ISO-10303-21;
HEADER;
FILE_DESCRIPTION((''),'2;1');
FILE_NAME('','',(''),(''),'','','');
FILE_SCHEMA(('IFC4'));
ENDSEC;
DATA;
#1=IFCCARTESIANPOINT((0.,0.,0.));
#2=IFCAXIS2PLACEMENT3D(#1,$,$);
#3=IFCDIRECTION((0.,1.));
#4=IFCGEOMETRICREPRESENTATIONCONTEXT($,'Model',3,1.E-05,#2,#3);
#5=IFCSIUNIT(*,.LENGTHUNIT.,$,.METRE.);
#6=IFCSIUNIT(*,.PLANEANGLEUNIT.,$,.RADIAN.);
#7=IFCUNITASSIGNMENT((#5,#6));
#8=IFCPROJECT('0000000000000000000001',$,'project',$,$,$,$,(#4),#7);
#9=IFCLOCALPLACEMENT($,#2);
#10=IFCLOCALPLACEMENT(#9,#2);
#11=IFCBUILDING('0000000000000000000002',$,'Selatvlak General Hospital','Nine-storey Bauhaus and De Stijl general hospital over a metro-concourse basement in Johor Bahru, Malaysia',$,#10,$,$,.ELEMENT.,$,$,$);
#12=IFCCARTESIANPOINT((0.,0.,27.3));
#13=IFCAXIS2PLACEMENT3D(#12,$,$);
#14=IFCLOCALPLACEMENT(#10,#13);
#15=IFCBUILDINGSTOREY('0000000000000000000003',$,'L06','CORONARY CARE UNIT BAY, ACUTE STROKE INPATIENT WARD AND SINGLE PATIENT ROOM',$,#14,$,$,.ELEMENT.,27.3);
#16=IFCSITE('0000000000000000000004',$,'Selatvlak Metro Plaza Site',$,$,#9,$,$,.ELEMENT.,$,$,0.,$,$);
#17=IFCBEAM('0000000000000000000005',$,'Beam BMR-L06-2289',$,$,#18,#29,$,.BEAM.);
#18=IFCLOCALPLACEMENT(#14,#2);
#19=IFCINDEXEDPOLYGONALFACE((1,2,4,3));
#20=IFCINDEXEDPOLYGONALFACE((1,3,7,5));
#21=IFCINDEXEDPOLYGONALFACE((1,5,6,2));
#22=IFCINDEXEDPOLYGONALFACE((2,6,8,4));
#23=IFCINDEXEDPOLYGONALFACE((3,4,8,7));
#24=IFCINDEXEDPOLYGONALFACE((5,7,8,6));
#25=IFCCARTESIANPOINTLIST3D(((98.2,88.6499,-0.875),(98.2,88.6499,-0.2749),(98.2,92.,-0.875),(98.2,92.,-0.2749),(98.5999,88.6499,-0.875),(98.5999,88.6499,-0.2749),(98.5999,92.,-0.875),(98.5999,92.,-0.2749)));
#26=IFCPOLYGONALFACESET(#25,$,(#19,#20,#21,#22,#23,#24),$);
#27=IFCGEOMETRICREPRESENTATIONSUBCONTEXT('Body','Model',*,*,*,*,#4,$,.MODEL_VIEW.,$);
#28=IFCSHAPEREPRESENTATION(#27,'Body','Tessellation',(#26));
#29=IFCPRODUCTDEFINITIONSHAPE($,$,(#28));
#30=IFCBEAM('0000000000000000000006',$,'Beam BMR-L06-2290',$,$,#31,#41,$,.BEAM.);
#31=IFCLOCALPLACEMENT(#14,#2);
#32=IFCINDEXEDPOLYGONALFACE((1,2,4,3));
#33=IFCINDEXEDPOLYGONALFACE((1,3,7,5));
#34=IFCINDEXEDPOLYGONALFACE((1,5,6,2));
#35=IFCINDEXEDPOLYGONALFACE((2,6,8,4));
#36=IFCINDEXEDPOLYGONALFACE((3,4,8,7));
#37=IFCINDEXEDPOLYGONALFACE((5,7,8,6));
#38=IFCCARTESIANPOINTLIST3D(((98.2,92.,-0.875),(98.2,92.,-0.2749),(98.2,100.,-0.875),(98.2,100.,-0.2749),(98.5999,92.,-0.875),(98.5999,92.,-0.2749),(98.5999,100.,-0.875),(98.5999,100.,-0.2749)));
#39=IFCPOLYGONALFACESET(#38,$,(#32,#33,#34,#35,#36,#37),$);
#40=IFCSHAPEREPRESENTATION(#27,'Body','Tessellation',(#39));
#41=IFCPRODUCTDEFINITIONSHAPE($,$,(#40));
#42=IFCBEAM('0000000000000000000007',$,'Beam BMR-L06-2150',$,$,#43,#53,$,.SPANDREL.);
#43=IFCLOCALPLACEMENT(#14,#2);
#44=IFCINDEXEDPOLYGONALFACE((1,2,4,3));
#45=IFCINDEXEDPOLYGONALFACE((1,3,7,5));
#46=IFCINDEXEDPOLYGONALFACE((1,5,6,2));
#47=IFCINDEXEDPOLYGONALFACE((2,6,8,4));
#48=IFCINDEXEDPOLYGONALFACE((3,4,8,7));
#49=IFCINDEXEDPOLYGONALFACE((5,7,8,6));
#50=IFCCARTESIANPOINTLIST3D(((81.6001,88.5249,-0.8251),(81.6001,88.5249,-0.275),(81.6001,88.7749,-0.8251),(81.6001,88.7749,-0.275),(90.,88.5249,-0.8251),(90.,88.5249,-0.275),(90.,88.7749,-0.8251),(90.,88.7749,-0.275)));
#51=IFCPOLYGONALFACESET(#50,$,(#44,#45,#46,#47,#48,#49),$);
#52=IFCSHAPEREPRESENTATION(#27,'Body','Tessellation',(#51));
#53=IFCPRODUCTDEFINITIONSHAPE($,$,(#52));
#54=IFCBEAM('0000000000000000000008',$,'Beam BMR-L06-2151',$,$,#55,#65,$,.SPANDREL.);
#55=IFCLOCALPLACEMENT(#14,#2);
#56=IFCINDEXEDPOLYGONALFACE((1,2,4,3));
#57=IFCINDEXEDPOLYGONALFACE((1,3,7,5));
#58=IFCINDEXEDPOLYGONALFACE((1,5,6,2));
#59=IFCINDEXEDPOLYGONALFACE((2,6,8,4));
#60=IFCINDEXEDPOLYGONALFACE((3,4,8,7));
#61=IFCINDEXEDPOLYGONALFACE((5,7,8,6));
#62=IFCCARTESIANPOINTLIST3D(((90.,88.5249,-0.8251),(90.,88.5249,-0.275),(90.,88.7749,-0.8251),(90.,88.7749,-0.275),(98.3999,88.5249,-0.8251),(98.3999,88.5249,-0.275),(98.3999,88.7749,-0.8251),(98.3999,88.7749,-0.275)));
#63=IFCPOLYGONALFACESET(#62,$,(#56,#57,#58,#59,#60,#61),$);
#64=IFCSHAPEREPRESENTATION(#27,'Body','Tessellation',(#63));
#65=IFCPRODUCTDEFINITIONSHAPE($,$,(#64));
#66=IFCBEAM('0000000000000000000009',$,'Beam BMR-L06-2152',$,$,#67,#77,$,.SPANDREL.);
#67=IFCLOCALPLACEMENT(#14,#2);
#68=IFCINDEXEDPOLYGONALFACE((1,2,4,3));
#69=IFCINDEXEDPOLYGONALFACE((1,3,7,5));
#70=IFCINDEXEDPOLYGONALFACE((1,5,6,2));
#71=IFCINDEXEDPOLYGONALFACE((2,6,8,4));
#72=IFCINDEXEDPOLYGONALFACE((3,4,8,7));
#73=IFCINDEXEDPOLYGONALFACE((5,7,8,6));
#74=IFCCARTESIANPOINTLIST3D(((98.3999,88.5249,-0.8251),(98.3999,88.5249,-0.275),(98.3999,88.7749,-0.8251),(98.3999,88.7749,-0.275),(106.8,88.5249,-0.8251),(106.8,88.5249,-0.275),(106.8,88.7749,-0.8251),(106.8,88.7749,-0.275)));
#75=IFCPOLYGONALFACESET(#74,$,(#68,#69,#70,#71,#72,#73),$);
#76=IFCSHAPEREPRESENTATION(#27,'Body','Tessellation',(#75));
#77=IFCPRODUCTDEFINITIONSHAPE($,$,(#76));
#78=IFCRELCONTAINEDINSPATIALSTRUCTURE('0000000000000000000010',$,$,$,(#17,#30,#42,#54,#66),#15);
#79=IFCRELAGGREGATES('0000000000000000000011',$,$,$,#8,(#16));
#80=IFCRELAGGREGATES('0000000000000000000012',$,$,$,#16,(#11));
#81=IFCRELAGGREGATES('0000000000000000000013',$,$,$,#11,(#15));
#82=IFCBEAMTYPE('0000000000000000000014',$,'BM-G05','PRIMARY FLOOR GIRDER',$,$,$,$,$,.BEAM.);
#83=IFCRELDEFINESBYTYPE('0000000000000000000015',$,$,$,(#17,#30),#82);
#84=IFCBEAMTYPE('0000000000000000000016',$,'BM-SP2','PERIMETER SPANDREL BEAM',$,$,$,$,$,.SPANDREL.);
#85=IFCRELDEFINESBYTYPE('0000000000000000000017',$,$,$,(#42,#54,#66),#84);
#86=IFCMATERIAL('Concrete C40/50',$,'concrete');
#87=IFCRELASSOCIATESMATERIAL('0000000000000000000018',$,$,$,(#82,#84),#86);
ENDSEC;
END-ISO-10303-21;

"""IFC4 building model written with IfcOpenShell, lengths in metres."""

from ifc_helpers import new_model, si_unit, direction, frame, origin, origin_2d, place, context, subcontext, project, spatial, rectangle, extrude, material, material_profile, profile_set, type_object, element, save


model = new_model("IFC4")

# Units and contexts
model_context = context("Model", 3, precision=1e-05, world=origin(), true_north=direction((0.0, 1.0)))
body_context = subcontext(model_context, "Body", "Model", "MODEL_VIEW")
ifc_project = project(units=[si_unit("LENGTHUNIT", "METRE"), si_unit("PLANEANGLEUNIT", "RADIAN")], contexts=[model_context])

# Site, building, storey
site_placement = place(None, origin())
site = spatial("IfcSite", under=ifc_project, at=site_placement, Name="Selatvlak Metro Plaza Site", CompositionType="ELEMENT", RefElevation=0.0)
building_placement = place(site_placement, origin())
building = spatial("IfcBuilding", under=site, at=building_placement, Name="Selatvlak General Hospital", Description="Nine-storey Bauhaus and De Stijl general hospital over a metro-concourse basement in Johor Bahru, Malaysia", CompositionType="ELEMENT")
storey_placement = place(building_placement, frame((0.0, 0.0, 27.3)))
storey = spatial("IfcBuildingStorey", under=building, at=storey_placement, Name="L06", Description="CORONARY CARE UNIT BAY, ACUTE STROKE INPATIENT WARD AND SINGLE PATIENT ROOM", CompositionType="ELEMENT", Elevation=27.3)

# Shared definitions
ifc_material_1 = material(Name="Concrete C40/50", Category="concrete")

# Beams
ifc_material_profile_1 = material_profile(ifc_material_1, rectangle(XDim=0.3999, YDim=0.6001, at=origin_2d()), Name="RC-BM 400x600")
ifc_profile_set_1 = profile_set([ifc_material_profile_1], Name="Concrete C40/50")
beam_type_1 = type_object("IfcBeamType", Name="BM-G05", Description="PRIMARY FLOOR GIRDER", PredefinedType="BEAM", material=ifc_profile_set_1)
beam_1_placement = place(storey_placement, frame((98.3999, 88.6499, -0.575), z_axis=(0.0, 1.0, 0.0), x_axis=(-1.0, 0.0, 0.0)))
element("IfcBeam", 1, at=beam_1_placement, inside=storey, type_object=beam_type_1, Name="Beam BMR-L06-2289", PredefinedType="BEAM", context=body_context, shape_type="SweptSolid", body=[
    extrude(rectangle(XDim=0.3999, YDim=0.6001, at=origin_2d()), origin(), (0.0, 0.0, 1.0), 3.3501),
])
beam_2_placement = place(storey_placement, frame((98.3999, 92.0, -0.575), z_axis=(0.0, 1.0, 0.0), x_axis=(-1.0, 0.0, 0.0)))
element("IfcBeam", 2, at=beam_2_placement, inside=storey, type_object=beam_type_1, Name="Beam BMR-L06-2290", PredefinedType="BEAM", context=body_context, shape_type="SweptSolid", body=[
    extrude(rectangle(XDim=0.3999, YDim=0.6001, at=origin_2d()), origin(), (0.0, 0.0, 1.0), 8.0),
])
ifc_material_profile_2 = material_profile(ifc_material_1, rectangle(XDim=0.25, YDim=0.55, at=origin_2d()), Name="RC-SP 250x550")
ifc_profile_set_2 = profile_set([ifc_material_profile_2], Name="Concrete C40/50")
beam_type_2 = type_object("IfcBeamType", Name="BM-SP2", Description="PERIMETER SPANDREL BEAM", PredefinedType="SPANDREL", material=ifc_profile_set_2)
for number, where, z_axis, x_axis, name in (
    (3, (81.6001, 88.6499, -0.55), (1.0, 0.0, 0.0), (0.0, 1.0, 0.0), "Beam BMR-L06-2150"),
    (4, (90.0, 88.6499, -0.55), (1.0, 0.0, 0.0), (0.0, 1.0, 0.0), "Beam BMR-L06-2151"),
):
    element("IfcBeam", number, at=place(storey_placement, frame(where, z_axis=z_axis, x_axis=x_axis)), inside=storey, type_object=beam_type_2, Name=name, PredefinedType="SPANDREL", context=body_context, shape_type="SweptSolid", body=[
        extrude(rectangle(XDim=0.25, YDim=0.55, at=origin_2d()), origin(), (0.0, 0.0, 1.0), 8.3999),
    ])
beam_3_placement = place(storey_placement, frame((98.3999, 88.6499, -0.55), z_axis=(1.0, 0.0, 0.0), x_axis=(0.0, 1.0, 0.0)))
element("IfcBeam", 5, at=beam_3_placement, inside=storey, type_object=beam_type_2, Name="Beam BMR-L06-2152", PredefinedType="SPANDREL", context=body_context, shape_type="SweptSolid", body=[
    extrude(rectangle(XDim=0.25, YDim=0.55, at=origin_2d()), origin(), (0.0, 0.0, 1.0), 8.4001),
])

save(model, "model.ifc")
